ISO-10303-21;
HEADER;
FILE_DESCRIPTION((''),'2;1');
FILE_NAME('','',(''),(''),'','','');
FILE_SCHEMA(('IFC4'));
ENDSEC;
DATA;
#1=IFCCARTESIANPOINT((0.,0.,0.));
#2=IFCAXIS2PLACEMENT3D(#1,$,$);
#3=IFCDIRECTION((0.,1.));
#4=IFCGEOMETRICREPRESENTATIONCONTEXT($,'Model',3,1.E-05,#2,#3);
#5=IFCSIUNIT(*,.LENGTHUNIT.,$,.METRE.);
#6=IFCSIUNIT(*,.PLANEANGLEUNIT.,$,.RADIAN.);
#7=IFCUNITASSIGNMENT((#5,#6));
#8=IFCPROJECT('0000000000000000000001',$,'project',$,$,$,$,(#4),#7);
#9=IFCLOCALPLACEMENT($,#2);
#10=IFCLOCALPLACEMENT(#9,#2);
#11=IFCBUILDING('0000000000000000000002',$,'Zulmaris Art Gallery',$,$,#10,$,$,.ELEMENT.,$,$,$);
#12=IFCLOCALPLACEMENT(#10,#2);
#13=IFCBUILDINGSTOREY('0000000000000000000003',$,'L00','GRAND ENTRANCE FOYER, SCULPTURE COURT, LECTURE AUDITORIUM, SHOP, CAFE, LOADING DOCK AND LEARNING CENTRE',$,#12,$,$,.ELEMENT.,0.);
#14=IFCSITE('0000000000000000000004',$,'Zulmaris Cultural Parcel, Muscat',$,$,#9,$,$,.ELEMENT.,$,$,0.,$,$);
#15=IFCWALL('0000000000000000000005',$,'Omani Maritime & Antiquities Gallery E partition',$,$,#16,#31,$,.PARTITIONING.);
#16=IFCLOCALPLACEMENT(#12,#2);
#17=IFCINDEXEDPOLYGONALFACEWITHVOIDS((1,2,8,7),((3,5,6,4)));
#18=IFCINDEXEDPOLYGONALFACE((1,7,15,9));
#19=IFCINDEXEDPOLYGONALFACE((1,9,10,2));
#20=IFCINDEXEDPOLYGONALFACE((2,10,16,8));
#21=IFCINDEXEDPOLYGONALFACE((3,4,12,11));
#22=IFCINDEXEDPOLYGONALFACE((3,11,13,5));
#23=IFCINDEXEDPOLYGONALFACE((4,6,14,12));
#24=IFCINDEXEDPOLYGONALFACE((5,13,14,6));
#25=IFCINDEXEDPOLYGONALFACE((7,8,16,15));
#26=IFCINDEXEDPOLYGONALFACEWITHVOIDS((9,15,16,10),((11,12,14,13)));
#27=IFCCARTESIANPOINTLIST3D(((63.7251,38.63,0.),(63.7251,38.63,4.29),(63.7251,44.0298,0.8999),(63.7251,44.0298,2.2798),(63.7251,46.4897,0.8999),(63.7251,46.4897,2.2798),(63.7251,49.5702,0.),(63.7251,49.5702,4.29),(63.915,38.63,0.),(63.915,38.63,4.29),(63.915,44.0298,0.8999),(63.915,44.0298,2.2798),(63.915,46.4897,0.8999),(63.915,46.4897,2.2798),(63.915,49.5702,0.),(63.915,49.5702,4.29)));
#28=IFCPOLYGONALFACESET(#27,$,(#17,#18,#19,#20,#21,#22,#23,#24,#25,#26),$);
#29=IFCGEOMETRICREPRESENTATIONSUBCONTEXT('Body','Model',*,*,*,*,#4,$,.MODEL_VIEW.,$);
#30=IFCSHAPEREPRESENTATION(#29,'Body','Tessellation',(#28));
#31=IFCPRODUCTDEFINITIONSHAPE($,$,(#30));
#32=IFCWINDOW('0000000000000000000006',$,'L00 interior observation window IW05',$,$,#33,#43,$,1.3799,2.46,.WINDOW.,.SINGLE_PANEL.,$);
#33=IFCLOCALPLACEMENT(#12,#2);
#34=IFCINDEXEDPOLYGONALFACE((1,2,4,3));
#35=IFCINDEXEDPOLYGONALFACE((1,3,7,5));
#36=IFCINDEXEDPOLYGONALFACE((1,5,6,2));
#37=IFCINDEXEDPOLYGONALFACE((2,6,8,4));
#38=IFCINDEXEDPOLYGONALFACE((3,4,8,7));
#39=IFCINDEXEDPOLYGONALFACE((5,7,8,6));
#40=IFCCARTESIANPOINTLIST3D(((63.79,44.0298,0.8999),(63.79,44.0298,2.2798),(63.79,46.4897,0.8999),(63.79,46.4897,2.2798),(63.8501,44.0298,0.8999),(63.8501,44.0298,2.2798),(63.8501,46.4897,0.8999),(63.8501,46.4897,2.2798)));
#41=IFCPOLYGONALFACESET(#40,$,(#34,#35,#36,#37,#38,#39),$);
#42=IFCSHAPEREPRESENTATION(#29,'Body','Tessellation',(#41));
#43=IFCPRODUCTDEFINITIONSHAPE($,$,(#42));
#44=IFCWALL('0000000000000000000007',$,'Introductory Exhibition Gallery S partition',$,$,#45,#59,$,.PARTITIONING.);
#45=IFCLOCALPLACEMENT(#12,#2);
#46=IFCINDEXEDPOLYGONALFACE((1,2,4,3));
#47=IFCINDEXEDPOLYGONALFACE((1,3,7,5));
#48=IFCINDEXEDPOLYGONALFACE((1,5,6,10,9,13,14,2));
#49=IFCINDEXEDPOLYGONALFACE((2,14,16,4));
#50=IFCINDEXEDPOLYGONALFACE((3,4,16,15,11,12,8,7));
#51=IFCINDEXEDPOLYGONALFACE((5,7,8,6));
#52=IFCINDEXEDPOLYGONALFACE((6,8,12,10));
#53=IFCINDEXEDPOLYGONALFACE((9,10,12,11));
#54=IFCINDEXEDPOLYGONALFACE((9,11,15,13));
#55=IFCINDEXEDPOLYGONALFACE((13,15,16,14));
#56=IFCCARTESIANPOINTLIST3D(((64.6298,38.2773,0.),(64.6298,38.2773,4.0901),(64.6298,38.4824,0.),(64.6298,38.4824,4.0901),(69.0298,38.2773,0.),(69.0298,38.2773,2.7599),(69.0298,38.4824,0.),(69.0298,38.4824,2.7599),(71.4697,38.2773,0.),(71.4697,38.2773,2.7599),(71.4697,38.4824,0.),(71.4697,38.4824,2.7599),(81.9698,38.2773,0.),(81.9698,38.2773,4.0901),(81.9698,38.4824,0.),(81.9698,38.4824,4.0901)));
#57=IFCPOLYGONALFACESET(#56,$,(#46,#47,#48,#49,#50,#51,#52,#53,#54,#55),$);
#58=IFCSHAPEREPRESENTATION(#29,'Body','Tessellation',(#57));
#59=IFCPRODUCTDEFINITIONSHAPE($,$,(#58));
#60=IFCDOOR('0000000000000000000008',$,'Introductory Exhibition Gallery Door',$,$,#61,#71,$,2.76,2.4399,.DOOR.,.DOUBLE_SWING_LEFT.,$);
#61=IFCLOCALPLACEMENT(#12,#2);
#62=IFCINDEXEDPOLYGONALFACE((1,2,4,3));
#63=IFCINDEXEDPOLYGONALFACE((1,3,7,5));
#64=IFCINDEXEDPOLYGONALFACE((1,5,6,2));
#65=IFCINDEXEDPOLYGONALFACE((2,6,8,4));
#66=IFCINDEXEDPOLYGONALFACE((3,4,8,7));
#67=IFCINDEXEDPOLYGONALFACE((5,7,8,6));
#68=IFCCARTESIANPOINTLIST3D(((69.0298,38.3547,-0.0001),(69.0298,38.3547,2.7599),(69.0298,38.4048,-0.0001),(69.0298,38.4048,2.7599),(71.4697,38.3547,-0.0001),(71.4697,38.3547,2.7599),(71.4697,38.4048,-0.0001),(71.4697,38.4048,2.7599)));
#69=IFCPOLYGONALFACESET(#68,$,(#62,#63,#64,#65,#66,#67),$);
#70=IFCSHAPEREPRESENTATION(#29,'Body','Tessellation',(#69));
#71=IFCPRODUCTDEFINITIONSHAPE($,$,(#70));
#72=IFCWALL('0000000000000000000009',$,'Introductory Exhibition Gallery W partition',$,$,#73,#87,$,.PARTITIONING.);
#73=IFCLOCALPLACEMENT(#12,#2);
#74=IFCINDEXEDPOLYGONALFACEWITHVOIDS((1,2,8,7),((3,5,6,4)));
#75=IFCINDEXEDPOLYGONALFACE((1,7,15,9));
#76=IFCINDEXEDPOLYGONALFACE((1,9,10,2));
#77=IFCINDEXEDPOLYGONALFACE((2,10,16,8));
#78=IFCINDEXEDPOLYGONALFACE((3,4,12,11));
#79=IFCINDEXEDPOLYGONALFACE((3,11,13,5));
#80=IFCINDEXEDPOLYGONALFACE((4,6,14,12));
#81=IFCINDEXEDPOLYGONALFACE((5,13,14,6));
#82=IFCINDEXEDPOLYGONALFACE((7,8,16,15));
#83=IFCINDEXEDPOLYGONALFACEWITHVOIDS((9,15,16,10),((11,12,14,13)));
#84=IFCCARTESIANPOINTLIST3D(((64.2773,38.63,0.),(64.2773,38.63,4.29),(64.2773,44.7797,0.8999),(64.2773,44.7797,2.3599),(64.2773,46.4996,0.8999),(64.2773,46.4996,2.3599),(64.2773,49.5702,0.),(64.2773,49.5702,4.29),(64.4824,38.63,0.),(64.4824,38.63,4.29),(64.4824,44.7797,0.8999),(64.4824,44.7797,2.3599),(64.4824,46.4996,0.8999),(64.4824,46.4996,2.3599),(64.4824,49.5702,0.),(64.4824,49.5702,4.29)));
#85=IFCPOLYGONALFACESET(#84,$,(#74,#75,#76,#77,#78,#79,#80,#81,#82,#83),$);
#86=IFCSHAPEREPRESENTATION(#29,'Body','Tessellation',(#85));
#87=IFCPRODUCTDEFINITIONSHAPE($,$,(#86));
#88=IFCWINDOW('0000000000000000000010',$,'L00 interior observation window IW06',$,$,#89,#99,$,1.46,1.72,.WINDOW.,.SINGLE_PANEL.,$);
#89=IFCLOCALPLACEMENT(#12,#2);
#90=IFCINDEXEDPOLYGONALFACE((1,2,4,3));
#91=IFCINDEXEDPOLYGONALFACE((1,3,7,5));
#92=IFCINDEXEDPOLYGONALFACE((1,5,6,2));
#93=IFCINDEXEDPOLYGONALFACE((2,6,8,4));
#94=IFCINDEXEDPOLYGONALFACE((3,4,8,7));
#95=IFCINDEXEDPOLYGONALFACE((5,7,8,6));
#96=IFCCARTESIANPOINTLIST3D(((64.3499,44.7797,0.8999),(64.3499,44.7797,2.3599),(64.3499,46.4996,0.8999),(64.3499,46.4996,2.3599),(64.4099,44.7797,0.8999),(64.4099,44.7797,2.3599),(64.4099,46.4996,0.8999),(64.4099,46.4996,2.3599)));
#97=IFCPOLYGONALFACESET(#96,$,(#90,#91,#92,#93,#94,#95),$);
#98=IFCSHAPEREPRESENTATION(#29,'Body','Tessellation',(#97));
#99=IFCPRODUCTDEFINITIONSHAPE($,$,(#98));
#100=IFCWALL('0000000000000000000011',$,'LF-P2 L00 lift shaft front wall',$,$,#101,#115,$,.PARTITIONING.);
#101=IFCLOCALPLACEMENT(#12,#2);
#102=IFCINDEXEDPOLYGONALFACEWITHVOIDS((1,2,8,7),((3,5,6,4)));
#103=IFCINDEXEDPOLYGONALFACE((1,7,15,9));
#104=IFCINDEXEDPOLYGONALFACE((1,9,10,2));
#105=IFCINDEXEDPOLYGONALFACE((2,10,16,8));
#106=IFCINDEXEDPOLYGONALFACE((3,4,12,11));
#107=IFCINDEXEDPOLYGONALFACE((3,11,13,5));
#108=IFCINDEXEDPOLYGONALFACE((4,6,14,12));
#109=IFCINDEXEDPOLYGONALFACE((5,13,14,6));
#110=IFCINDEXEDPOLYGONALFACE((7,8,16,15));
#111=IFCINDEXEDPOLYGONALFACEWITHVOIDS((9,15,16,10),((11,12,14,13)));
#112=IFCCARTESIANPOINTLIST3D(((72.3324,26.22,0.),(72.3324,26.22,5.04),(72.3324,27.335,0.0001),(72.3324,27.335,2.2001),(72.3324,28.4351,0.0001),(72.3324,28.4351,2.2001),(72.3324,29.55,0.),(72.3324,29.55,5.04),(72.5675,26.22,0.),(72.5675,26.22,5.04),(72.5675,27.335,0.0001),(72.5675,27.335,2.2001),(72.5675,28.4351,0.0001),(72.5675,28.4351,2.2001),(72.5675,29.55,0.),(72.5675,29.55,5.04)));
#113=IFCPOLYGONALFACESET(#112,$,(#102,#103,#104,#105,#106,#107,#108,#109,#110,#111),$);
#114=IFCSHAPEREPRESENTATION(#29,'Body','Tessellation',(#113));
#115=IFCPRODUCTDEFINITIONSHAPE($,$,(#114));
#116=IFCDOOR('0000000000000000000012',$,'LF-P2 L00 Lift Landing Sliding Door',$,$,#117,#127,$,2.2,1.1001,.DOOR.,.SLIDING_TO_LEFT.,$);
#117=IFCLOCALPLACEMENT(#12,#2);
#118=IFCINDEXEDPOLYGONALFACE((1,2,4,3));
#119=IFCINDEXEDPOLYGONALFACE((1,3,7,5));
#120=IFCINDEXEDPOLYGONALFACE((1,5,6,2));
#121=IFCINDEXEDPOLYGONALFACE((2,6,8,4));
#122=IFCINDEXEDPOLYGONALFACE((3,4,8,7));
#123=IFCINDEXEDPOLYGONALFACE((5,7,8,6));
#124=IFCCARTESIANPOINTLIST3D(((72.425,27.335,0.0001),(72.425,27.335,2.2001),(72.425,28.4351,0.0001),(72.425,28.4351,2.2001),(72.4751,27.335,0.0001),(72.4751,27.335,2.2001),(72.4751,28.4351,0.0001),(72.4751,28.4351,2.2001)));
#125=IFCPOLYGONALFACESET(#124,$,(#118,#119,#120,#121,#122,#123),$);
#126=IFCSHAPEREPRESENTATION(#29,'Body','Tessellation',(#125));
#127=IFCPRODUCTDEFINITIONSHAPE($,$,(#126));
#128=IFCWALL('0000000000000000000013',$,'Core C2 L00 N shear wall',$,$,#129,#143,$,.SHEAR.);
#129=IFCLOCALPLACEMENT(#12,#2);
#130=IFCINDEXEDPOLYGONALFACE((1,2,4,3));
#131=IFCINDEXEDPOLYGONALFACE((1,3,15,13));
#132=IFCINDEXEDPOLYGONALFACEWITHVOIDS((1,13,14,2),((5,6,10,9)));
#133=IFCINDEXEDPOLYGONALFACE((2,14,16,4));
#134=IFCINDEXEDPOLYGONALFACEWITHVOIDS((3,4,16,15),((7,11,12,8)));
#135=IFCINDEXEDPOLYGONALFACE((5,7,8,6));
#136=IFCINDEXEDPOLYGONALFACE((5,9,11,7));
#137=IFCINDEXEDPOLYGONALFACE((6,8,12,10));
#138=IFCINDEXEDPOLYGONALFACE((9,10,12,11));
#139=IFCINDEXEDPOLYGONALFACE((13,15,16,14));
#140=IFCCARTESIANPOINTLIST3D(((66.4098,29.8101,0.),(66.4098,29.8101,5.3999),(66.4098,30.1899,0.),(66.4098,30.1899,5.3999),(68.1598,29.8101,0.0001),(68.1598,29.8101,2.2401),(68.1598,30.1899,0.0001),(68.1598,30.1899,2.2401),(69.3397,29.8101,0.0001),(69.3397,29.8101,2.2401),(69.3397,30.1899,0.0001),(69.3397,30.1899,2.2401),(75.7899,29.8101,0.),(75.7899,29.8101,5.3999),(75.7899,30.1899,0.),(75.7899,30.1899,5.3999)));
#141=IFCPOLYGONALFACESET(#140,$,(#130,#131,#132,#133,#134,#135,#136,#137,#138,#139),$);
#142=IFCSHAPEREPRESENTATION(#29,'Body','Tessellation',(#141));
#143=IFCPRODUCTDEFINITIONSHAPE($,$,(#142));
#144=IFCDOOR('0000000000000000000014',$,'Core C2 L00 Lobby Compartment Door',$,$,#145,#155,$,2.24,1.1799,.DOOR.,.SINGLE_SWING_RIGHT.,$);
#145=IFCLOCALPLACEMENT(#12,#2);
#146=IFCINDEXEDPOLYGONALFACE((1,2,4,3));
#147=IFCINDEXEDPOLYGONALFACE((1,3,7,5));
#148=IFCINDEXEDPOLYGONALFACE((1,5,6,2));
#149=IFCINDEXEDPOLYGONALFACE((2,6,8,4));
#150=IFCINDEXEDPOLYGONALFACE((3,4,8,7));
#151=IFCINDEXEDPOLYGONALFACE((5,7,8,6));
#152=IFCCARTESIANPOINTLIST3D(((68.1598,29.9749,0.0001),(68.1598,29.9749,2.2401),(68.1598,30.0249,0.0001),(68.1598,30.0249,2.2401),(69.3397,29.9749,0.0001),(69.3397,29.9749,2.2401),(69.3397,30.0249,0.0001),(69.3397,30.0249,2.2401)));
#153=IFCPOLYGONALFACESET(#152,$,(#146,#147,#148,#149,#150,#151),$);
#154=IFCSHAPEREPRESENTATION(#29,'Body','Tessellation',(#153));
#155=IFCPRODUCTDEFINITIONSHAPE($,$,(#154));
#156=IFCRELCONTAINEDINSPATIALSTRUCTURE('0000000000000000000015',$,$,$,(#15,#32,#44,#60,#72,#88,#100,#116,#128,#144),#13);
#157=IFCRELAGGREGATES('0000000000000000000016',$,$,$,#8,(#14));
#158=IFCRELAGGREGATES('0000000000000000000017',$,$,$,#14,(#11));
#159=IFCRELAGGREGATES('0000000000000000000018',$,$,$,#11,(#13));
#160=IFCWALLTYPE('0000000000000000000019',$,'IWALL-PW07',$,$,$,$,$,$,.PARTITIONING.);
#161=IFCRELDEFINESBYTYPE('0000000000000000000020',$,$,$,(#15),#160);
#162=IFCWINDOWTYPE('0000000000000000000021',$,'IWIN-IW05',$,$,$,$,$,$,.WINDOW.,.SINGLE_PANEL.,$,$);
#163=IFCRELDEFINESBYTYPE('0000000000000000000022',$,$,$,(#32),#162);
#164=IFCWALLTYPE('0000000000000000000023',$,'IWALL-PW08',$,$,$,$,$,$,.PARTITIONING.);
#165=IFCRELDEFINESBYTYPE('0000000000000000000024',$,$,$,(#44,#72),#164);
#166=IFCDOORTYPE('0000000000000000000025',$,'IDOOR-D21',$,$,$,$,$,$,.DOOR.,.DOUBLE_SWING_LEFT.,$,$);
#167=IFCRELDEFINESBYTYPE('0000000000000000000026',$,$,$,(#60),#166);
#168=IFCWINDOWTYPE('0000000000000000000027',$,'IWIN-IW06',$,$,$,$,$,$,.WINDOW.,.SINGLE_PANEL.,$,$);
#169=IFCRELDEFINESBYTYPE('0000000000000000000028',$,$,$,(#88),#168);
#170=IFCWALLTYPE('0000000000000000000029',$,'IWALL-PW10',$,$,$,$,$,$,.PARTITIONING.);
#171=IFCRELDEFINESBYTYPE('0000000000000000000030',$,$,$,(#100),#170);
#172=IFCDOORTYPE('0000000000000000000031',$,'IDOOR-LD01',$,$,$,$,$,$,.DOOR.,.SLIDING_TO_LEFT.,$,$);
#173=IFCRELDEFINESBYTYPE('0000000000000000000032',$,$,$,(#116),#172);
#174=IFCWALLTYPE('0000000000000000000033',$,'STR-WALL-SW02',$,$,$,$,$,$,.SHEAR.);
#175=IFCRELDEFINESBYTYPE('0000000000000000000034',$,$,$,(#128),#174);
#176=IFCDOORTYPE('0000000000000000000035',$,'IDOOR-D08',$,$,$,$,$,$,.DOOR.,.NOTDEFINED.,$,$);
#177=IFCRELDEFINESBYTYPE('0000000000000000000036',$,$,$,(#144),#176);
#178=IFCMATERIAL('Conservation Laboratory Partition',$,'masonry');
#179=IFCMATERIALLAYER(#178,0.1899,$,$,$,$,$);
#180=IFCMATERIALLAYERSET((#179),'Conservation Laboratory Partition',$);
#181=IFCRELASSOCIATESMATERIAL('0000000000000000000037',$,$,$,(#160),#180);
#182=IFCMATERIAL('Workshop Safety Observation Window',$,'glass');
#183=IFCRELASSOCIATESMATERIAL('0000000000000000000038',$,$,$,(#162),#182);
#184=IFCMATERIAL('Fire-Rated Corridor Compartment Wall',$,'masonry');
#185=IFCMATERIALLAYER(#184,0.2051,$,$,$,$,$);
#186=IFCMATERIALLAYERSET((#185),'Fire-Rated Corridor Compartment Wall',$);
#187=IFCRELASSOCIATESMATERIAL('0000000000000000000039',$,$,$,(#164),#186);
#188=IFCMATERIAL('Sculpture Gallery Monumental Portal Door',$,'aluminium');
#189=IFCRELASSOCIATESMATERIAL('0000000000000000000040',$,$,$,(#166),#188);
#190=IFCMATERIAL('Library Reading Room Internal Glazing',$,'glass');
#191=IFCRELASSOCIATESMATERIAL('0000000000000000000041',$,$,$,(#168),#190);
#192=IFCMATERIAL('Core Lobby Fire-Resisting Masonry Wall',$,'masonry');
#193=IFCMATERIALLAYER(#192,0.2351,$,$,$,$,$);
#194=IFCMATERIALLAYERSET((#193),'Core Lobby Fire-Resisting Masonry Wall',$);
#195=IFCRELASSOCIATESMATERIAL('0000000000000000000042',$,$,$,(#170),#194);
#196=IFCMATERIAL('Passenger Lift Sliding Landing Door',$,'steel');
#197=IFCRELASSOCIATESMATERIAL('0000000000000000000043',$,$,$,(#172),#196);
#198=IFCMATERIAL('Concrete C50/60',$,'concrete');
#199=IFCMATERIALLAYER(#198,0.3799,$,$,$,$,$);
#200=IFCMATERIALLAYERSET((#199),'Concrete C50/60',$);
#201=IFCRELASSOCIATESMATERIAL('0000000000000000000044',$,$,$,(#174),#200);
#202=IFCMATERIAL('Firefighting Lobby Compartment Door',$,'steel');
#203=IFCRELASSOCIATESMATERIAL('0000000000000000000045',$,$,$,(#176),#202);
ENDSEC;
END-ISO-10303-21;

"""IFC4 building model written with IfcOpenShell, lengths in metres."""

from ifc_helpers import new_model, si_unit, direction, frame, frame_2d, origin, place, context, subcontext, project, spatial, rectangle, extrude, material, layer, layer_set, type_object, element, fill, save


model = new_model("IFC4")

# Units and contexts
model_context = context("Model", 3, precision=1e-05, world=origin(), true_north=direction((0.0, 1.0)))
body_context = subcontext(model_context, "Body", "Model", "MODEL_VIEW")
ifc_project = project(units=[si_unit("LENGTHUNIT", "METRE"), si_unit("PLANEANGLEUNIT", "RADIAN")], contexts=[model_context])

# Site, building, storey
site_placement = place(None, origin())
site = spatial("IfcSite", under=ifc_project, at=site_placement, Name="Zulmaris Cultural Parcel, Muscat", CompositionType="ELEMENT", RefElevation=0.0)
building_placement = place(site_placement, origin())
building = spatial("IfcBuilding", under=site, at=building_placement, Name="Zulmaris Art Gallery", CompositionType="ELEMENT")
storey_placement = place(building_placement, origin())
storey = spatial("IfcBuildingStorey", under=building, at=storey_placement, Name="L00", Description="GRAND ENTRANCE FOYER, SCULPTURE COURT, LECTURE AUDITORIUM, SHOP, CAFE, LOADING DOCK AND LEARNING CENTRE", CompositionType="ELEMENT", Elevation=0.0)

# Shared definitions
ifc_material_1 = material(Name="Concrete C50/60", Category="concrete")

# Wall, opening, window
ifc_material_2 = material(Name="Conservation Laboratory Partition", Category="masonry")
ifc_layer_1 = layer(ifc_material_2, 0.1899)
ifc_layer_set_1 = layer_set([ifc_layer_1], Name="Conservation Laboratory Partition")
wall_type_1 = type_object("IfcWallType", Name="IWALL-PW07", PredefinedType="PARTITIONING", material=ifc_layer_set_1)
wall_1_placement = place(storey_placement, frame((63.8201, 38.6299, 0.0), z_axis=(0.0, 0.0, 1.0), x_axis=(0.0, 1.0, 0.0)))
wall_1 = element("IfcWall", 1, at=wall_1_placement, inside=storey, type_object=wall_type_1, Name="Omani Maritime & Antiquities Gallery E partition", PredefinedType="PARTITIONING", context=body_context, shape_type="SweptSolid", body=[
    extrude(rectangle(XDim=10.9402, YDim=0.1899, at=frame_2d((5.4702, 0.0))), origin(), (0.0, 0.0, 1.0), 4.29),
])
opening_1_placement = place(wall_1_placement, frame((5.3999, 0.0, 0.8999)))
opening_1 = element("IfcOpeningElement", 2, at=opening_1_placement, cuts=wall_1, PredefinedType="OPENING", context=body_context, shape_type="SweptSolid", body=[
    extrude(rectangle(XDim=2.46, YDim=1.3799, at=frame_2d((1.23, 0.6899))), frame((0.0, 0.105, 0.0), z_axis=(0.0, -1.0, 0.0), x_axis=(1.0, 0.0, 0.0)), (0.0, 0.0, 1.0), 0.21),
])
ifc_material_3 = material(Name="Workshop Safety Observation Window", Category="glass")
window_type_1 = type_object("IfcWindowType", Name="IWIN-IW05", PartitioningType="SINGLE_PANEL", PredefinedType="WINDOW", material=ifc_material_3)
window_1_placement = place(opening_1_placement, origin())
window_1 = element("IfcWindow", 3, at=window_1_placement, inside=storey, type_object=window_type_1, Name="L00 interior observation window IW05", OverallHeight=1.3799, OverallWidth=2.46, PartitioningType="SINGLE_PANEL", PredefinedType="WINDOW", context=body_context, shape_type="SweptSolid", body=[
    extrude(rectangle(XDim=2.46, YDim=1.3799, at=frame_2d((1.23, 0.6899))), frame((0.0, 0.03, 0.0), z_axis=(0.0, -1.0, 0.0), x_axis=(1.0, 0.0, 0.0)), (0.0, 0.0, 1.0), 0.0601),
])
fill(opening_1, window_1)

# Wall, opening, door
ifc_material_4 = material(Name="Fire-Rated Corridor Compartment Wall", Category="masonry")
ifc_layer_2 = layer(ifc_material_4, 0.2051)
ifc_layer_set_2 = layer_set([ifc_layer_2], Name="Fire-Rated Corridor Compartment Wall")
wall_type_2 = type_object("IfcWallType", Name="IWALL-PW08", PredefinedType="PARTITIONING", material=ifc_layer_set_2)
wall_2_placement = place(storey_placement, frame((64.6299, 38.3799, 0.0), z_axis=(0.0, 0.0, 1.0), x_axis=(1.0, 0.0, 0.0)))
wall_2 = element("IfcWall", 4, at=wall_2_placement, inside=storey, type_object=wall_type_2, Name="Introductory Exhibition Gallery S partition", PredefinedType="PARTITIONING", context=body_context, shape_type="SweptSolid", body=[
    extrude(rectangle(XDim=17.3401, YDim=0.2051, at=frame_2d((8.6699, 0.0))), origin(), (0.0, 0.0, 1.0), 4.0901),
])
opening_2_placement = place(wall_2_placement, frame((4.3999, 0.0, 0.0)))
opening_2 = element("IfcOpeningElement", 5, at=opening_2_placement, cuts=wall_2, PredefinedType="OPENING", context=body_context, shape_type="SweptSolid", body=[
    extrude(rectangle(XDim=2.4399, YDim=2.76, at=frame_2d((1.22, 1.3799))), frame((0.0, 0.1125, 0.0), z_axis=(0.0, -1.0, 0.0), x_axis=(1.0, 0.0, 0.0)), (0.0, 0.0, 1.0), 0.2251),
])
ifc_material_5 = material(Name="Sculpture Gallery Monumental Portal Door", Category="aluminium")
door_type_1 = type_object("IfcDoorType", Name="IDOOR-D21", OperationType="DOUBLE_SWING_LEFT", PredefinedType="DOOR", material=ifc_material_5)
door_1_placement = place(opening_2_placement, origin())
door_1 = element("IfcDoor", 6, at=door_1_placement, inside=storey, type_object=door_type_1, Name="Introductory Exhibition Gallery Door", OperationType="DOUBLE_SWING_LEFT", OverallHeight=2.76, OverallWidth=2.4399, PredefinedType="DOOR", context=body_context, shape_type="SweptSolid", body=[
    extrude(rectangle(XDim=2.4399, YDim=2.76, at=frame_2d((1.22, 1.3799))), frame((0.0, 0.0249, 0.0), z_axis=(0.0, -1.0, 0.0), x_axis=(1.0, 0.0, 0.0)), (0.0, 0.0, 1.0), 0.05),
])
fill(opening_2, door_1)

# Wall, opening, window
wall_3_placement = place(storey_placement, frame((64.3799, 38.6299, 0.0), z_axis=(0.0, 0.0, 1.0), x_axis=(0.0, 1.0, 0.0)))
wall_3 = element("IfcWall", 7, at=wall_3_placement, inside=storey, type_object=wall_type_2, Name="Introductory Exhibition Gallery W partition", PredefinedType="PARTITIONING", context=body_context, shape_type="SweptSolid", body=[
    extrude(rectangle(XDim=10.9402, YDim=0.2051, at=frame_2d((5.4702, 0.0))), origin(), (0.0, 0.0, 1.0), 4.29),
])
opening_3_placement = place(wall_3_placement, frame((6.1499, 0.0, 0.8999)))
opening_3 = element("IfcOpeningElement", 8, at=opening_3_placement, cuts=wall_3, PredefinedType="OPENING", context=body_context, shape_type="SweptSolid", body=[
    extrude(rectangle(XDim=1.72, YDim=1.46, at=frame_2d((0.8599, 0.73))), frame((0.0, 0.1125, 0.0), z_axis=(0.0, -1.0, 0.0), x_axis=(1.0, 0.0, 0.0)), (0.0, 0.0, 1.0), 0.2251),
])
ifc_material_6 = material(Name="Library Reading Room Internal Glazing", Category="glass")
window_type_2 = type_object("IfcWindowType", Name="IWIN-IW06", PartitioningType="SINGLE_PANEL", PredefinedType="WINDOW", material=ifc_material_6)
window_2_placement = place(opening_3_placement, origin())
window_2 = element("IfcWindow", 9, at=window_2_placement, inside=storey, type_object=window_type_2, Name="L00 interior observation window IW06", OverallHeight=1.46, OverallWidth=1.72, PartitioningType="SINGLE_PANEL", PredefinedType="WINDOW", context=body_context, shape_type="SweptSolid", body=[
    extrude(rectangle(XDim=1.72, YDim=1.46, at=frame_2d((0.8599, 0.73))), frame((0.0, 0.03, 0.0), z_axis=(0.0, -1.0, 0.0), x_axis=(1.0, 0.0, 0.0)), (0.0, 0.0, 1.0), 0.0601),
])
fill(opening_3, window_2)

# Walls, openings, doors
ifc_material_7 = material(Name="Core Lobby Fire-Resisting Masonry Wall", Category="masonry")
ifc_layer_3 = layer(ifc_material_7, 0.2351)
ifc_layer_set_3 = layer_set([ifc_layer_3], Name="Core Lobby Fire-Resisting Masonry Wall")
wall_type_3 = type_object("IfcWallType", Name="IWALL-PW10", PredefinedType="PARTITIONING", material=ifc_layer_set_3)
wall_4_placement = place(storey_placement, frame((72.45, 26.22, 0.0), z_axis=(0.0, 0.0, 1.0), x_axis=(0.0, 1.0, 0.0)))
wall_4 = element("IfcWall", 10, at=wall_4_placement, inside=storey, type_object=wall_type_3, Name="LF-P2 L00 lift shaft front wall", PredefinedType="PARTITIONING", context=body_context, shape_type="SweptSolid", body=[
    extrude(rectangle(XDim=3.3301, YDim=0.2351, at=frame_2d((1.665, 0.0))), origin(), (0.0, 0.0, 1.0), 5.04),
])
opening_4_placement = place(wall_4_placement, frame((1.115, 0.0, 0.0)))
opening_4 = element("IfcOpeningElement", 11, at=opening_4_placement, cuts=wall_4, PredefinedType="OPENING", context=body_context, shape_type="SweptSolid", body=[
    extrude(rectangle(XDim=1.1001, YDim=2.2, at=frame_2d((0.55, 1.1001))), frame((0.0, 0.1274, 0.0), z_axis=(0.0, -1.0, 0.0), x_axis=(1.0, 0.0, 0.0)), (0.0, 0.0, 1.0), 0.2551),
])
ifc_material_8 = material(Name="Passenger Lift Sliding Landing Door", Category="steel")
door_type_2 = type_object("IfcDoorType", Name="IDOOR-LD01", OperationType="SLIDING_TO_LEFT", PredefinedType="DOOR", material=ifc_material_8)
door_2_placement = place(opening_4_placement, origin())
door_2 = element("IfcDoor", 12, at=door_2_placement, inside=storey, type_object=door_type_2, Name="LF-P2 L00 Lift Landing Sliding Door", OperationType="SLIDING_TO_LEFT", OverallHeight=2.2, OverallWidth=1.1001, PredefinedType="DOOR", context=body_context, shape_type="SweptSolid", body=[
    extrude(rectangle(XDim=1.1001, YDim=2.2, at=frame_2d((0.55, 1.1001))), frame((0.0, 0.0249, 0.0), z_axis=(0.0, -1.0, 0.0), x_axis=(1.0, 0.0, 0.0)), (0.0, 0.0, 1.0), 0.05),
])
fill(opening_4, door_2)
ifc_layer_4 = layer(ifc_material_1, 0.3799)
ifc_layer_set_4 = layer_set([ifc_layer_4], Name="Concrete C50/60")
wall_type_4 = type_object("IfcWallType", Name="STR-WALL-SW02", PredefinedType="SHEAR", material=ifc_layer_set_4)
wall_5_placement = place(storey_placement, frame((66.4099, 30.0, 0.0), z_axis=(0.0, 0.0, 1.0), x_axis=(1.0, 0.0, 0.0)))
wall_5 = element("IfcWall", 13, at=wall_5_placement, inside=storey, type_object=wall_type_4, Name="Core C2 L00 N shear wall", PredefinedType="SHEAR", context=body_context, shape_type="SweptSolid", body=[
    extrude(rectangle(XDim=9.3801, YDim=0.3799, at=frame_2d((4.6899, 0.0))), origin(), (0.0, 0.0, 1.0), 5.3999),
])
opening_5_placement = place(wall_5_placement, frame((1.75, 0.0, 0.0)))
opening_5 = element("IfcOpeningElement", 14, at=opening_5_placement, cuts=wall_5, PredefinedType="OPENING", context=body_context, shape_type="SweptSolid", body=[
    extrude(rectangle(XDim=1.1799, YDim=2.24, at=frame_2d((0.5898, 1.1201))), frame((0.0, 0.2, 0.0), z_axis=(0.0, -1.0, 0.0), x_axis=(1.0, 0.0, 0.0)), (0.0, 0.0, 1.0), 0.3999),
])
ifc_material_9 = material(Name="Firefighting Lobby Compartment Door", Category="steel")
door_type_3 = type_object("IfcDoorType", Name="IDOOR-D08", OperationType="NOTDEFINED", PredefinedType="DOOR", material=ifc_material_9)
door_3_placement = place(opening_5_placement, origin())
door_3 = element("IfcDoor", 15, at=door_3_placement, inside=storey, type_object=door_type_3, Name="Core C2 L00 Lobby Compartment Door", OperationType="SINGLE_SWING_RIGHT", OverallHeight=2.24, OverallWidth=1.1799, PredefinedType="DOOR", context=body_context, shape_type="SweptSolid", body=[
    extrude(rectangle(XDim=1.1799, YDim=2.24, at=frame_2d((0.5898, 1.1201))), frame((0.0, 0.0249, 0.0), z_axis=(0.0, -1.0, 0.0), x_axis=(1.0, 0.0, 0.0)), (0.0, 0.0, 1.0), 0.05),
])
fill(opening_5, door_3)

save(model, "model.ifc")
